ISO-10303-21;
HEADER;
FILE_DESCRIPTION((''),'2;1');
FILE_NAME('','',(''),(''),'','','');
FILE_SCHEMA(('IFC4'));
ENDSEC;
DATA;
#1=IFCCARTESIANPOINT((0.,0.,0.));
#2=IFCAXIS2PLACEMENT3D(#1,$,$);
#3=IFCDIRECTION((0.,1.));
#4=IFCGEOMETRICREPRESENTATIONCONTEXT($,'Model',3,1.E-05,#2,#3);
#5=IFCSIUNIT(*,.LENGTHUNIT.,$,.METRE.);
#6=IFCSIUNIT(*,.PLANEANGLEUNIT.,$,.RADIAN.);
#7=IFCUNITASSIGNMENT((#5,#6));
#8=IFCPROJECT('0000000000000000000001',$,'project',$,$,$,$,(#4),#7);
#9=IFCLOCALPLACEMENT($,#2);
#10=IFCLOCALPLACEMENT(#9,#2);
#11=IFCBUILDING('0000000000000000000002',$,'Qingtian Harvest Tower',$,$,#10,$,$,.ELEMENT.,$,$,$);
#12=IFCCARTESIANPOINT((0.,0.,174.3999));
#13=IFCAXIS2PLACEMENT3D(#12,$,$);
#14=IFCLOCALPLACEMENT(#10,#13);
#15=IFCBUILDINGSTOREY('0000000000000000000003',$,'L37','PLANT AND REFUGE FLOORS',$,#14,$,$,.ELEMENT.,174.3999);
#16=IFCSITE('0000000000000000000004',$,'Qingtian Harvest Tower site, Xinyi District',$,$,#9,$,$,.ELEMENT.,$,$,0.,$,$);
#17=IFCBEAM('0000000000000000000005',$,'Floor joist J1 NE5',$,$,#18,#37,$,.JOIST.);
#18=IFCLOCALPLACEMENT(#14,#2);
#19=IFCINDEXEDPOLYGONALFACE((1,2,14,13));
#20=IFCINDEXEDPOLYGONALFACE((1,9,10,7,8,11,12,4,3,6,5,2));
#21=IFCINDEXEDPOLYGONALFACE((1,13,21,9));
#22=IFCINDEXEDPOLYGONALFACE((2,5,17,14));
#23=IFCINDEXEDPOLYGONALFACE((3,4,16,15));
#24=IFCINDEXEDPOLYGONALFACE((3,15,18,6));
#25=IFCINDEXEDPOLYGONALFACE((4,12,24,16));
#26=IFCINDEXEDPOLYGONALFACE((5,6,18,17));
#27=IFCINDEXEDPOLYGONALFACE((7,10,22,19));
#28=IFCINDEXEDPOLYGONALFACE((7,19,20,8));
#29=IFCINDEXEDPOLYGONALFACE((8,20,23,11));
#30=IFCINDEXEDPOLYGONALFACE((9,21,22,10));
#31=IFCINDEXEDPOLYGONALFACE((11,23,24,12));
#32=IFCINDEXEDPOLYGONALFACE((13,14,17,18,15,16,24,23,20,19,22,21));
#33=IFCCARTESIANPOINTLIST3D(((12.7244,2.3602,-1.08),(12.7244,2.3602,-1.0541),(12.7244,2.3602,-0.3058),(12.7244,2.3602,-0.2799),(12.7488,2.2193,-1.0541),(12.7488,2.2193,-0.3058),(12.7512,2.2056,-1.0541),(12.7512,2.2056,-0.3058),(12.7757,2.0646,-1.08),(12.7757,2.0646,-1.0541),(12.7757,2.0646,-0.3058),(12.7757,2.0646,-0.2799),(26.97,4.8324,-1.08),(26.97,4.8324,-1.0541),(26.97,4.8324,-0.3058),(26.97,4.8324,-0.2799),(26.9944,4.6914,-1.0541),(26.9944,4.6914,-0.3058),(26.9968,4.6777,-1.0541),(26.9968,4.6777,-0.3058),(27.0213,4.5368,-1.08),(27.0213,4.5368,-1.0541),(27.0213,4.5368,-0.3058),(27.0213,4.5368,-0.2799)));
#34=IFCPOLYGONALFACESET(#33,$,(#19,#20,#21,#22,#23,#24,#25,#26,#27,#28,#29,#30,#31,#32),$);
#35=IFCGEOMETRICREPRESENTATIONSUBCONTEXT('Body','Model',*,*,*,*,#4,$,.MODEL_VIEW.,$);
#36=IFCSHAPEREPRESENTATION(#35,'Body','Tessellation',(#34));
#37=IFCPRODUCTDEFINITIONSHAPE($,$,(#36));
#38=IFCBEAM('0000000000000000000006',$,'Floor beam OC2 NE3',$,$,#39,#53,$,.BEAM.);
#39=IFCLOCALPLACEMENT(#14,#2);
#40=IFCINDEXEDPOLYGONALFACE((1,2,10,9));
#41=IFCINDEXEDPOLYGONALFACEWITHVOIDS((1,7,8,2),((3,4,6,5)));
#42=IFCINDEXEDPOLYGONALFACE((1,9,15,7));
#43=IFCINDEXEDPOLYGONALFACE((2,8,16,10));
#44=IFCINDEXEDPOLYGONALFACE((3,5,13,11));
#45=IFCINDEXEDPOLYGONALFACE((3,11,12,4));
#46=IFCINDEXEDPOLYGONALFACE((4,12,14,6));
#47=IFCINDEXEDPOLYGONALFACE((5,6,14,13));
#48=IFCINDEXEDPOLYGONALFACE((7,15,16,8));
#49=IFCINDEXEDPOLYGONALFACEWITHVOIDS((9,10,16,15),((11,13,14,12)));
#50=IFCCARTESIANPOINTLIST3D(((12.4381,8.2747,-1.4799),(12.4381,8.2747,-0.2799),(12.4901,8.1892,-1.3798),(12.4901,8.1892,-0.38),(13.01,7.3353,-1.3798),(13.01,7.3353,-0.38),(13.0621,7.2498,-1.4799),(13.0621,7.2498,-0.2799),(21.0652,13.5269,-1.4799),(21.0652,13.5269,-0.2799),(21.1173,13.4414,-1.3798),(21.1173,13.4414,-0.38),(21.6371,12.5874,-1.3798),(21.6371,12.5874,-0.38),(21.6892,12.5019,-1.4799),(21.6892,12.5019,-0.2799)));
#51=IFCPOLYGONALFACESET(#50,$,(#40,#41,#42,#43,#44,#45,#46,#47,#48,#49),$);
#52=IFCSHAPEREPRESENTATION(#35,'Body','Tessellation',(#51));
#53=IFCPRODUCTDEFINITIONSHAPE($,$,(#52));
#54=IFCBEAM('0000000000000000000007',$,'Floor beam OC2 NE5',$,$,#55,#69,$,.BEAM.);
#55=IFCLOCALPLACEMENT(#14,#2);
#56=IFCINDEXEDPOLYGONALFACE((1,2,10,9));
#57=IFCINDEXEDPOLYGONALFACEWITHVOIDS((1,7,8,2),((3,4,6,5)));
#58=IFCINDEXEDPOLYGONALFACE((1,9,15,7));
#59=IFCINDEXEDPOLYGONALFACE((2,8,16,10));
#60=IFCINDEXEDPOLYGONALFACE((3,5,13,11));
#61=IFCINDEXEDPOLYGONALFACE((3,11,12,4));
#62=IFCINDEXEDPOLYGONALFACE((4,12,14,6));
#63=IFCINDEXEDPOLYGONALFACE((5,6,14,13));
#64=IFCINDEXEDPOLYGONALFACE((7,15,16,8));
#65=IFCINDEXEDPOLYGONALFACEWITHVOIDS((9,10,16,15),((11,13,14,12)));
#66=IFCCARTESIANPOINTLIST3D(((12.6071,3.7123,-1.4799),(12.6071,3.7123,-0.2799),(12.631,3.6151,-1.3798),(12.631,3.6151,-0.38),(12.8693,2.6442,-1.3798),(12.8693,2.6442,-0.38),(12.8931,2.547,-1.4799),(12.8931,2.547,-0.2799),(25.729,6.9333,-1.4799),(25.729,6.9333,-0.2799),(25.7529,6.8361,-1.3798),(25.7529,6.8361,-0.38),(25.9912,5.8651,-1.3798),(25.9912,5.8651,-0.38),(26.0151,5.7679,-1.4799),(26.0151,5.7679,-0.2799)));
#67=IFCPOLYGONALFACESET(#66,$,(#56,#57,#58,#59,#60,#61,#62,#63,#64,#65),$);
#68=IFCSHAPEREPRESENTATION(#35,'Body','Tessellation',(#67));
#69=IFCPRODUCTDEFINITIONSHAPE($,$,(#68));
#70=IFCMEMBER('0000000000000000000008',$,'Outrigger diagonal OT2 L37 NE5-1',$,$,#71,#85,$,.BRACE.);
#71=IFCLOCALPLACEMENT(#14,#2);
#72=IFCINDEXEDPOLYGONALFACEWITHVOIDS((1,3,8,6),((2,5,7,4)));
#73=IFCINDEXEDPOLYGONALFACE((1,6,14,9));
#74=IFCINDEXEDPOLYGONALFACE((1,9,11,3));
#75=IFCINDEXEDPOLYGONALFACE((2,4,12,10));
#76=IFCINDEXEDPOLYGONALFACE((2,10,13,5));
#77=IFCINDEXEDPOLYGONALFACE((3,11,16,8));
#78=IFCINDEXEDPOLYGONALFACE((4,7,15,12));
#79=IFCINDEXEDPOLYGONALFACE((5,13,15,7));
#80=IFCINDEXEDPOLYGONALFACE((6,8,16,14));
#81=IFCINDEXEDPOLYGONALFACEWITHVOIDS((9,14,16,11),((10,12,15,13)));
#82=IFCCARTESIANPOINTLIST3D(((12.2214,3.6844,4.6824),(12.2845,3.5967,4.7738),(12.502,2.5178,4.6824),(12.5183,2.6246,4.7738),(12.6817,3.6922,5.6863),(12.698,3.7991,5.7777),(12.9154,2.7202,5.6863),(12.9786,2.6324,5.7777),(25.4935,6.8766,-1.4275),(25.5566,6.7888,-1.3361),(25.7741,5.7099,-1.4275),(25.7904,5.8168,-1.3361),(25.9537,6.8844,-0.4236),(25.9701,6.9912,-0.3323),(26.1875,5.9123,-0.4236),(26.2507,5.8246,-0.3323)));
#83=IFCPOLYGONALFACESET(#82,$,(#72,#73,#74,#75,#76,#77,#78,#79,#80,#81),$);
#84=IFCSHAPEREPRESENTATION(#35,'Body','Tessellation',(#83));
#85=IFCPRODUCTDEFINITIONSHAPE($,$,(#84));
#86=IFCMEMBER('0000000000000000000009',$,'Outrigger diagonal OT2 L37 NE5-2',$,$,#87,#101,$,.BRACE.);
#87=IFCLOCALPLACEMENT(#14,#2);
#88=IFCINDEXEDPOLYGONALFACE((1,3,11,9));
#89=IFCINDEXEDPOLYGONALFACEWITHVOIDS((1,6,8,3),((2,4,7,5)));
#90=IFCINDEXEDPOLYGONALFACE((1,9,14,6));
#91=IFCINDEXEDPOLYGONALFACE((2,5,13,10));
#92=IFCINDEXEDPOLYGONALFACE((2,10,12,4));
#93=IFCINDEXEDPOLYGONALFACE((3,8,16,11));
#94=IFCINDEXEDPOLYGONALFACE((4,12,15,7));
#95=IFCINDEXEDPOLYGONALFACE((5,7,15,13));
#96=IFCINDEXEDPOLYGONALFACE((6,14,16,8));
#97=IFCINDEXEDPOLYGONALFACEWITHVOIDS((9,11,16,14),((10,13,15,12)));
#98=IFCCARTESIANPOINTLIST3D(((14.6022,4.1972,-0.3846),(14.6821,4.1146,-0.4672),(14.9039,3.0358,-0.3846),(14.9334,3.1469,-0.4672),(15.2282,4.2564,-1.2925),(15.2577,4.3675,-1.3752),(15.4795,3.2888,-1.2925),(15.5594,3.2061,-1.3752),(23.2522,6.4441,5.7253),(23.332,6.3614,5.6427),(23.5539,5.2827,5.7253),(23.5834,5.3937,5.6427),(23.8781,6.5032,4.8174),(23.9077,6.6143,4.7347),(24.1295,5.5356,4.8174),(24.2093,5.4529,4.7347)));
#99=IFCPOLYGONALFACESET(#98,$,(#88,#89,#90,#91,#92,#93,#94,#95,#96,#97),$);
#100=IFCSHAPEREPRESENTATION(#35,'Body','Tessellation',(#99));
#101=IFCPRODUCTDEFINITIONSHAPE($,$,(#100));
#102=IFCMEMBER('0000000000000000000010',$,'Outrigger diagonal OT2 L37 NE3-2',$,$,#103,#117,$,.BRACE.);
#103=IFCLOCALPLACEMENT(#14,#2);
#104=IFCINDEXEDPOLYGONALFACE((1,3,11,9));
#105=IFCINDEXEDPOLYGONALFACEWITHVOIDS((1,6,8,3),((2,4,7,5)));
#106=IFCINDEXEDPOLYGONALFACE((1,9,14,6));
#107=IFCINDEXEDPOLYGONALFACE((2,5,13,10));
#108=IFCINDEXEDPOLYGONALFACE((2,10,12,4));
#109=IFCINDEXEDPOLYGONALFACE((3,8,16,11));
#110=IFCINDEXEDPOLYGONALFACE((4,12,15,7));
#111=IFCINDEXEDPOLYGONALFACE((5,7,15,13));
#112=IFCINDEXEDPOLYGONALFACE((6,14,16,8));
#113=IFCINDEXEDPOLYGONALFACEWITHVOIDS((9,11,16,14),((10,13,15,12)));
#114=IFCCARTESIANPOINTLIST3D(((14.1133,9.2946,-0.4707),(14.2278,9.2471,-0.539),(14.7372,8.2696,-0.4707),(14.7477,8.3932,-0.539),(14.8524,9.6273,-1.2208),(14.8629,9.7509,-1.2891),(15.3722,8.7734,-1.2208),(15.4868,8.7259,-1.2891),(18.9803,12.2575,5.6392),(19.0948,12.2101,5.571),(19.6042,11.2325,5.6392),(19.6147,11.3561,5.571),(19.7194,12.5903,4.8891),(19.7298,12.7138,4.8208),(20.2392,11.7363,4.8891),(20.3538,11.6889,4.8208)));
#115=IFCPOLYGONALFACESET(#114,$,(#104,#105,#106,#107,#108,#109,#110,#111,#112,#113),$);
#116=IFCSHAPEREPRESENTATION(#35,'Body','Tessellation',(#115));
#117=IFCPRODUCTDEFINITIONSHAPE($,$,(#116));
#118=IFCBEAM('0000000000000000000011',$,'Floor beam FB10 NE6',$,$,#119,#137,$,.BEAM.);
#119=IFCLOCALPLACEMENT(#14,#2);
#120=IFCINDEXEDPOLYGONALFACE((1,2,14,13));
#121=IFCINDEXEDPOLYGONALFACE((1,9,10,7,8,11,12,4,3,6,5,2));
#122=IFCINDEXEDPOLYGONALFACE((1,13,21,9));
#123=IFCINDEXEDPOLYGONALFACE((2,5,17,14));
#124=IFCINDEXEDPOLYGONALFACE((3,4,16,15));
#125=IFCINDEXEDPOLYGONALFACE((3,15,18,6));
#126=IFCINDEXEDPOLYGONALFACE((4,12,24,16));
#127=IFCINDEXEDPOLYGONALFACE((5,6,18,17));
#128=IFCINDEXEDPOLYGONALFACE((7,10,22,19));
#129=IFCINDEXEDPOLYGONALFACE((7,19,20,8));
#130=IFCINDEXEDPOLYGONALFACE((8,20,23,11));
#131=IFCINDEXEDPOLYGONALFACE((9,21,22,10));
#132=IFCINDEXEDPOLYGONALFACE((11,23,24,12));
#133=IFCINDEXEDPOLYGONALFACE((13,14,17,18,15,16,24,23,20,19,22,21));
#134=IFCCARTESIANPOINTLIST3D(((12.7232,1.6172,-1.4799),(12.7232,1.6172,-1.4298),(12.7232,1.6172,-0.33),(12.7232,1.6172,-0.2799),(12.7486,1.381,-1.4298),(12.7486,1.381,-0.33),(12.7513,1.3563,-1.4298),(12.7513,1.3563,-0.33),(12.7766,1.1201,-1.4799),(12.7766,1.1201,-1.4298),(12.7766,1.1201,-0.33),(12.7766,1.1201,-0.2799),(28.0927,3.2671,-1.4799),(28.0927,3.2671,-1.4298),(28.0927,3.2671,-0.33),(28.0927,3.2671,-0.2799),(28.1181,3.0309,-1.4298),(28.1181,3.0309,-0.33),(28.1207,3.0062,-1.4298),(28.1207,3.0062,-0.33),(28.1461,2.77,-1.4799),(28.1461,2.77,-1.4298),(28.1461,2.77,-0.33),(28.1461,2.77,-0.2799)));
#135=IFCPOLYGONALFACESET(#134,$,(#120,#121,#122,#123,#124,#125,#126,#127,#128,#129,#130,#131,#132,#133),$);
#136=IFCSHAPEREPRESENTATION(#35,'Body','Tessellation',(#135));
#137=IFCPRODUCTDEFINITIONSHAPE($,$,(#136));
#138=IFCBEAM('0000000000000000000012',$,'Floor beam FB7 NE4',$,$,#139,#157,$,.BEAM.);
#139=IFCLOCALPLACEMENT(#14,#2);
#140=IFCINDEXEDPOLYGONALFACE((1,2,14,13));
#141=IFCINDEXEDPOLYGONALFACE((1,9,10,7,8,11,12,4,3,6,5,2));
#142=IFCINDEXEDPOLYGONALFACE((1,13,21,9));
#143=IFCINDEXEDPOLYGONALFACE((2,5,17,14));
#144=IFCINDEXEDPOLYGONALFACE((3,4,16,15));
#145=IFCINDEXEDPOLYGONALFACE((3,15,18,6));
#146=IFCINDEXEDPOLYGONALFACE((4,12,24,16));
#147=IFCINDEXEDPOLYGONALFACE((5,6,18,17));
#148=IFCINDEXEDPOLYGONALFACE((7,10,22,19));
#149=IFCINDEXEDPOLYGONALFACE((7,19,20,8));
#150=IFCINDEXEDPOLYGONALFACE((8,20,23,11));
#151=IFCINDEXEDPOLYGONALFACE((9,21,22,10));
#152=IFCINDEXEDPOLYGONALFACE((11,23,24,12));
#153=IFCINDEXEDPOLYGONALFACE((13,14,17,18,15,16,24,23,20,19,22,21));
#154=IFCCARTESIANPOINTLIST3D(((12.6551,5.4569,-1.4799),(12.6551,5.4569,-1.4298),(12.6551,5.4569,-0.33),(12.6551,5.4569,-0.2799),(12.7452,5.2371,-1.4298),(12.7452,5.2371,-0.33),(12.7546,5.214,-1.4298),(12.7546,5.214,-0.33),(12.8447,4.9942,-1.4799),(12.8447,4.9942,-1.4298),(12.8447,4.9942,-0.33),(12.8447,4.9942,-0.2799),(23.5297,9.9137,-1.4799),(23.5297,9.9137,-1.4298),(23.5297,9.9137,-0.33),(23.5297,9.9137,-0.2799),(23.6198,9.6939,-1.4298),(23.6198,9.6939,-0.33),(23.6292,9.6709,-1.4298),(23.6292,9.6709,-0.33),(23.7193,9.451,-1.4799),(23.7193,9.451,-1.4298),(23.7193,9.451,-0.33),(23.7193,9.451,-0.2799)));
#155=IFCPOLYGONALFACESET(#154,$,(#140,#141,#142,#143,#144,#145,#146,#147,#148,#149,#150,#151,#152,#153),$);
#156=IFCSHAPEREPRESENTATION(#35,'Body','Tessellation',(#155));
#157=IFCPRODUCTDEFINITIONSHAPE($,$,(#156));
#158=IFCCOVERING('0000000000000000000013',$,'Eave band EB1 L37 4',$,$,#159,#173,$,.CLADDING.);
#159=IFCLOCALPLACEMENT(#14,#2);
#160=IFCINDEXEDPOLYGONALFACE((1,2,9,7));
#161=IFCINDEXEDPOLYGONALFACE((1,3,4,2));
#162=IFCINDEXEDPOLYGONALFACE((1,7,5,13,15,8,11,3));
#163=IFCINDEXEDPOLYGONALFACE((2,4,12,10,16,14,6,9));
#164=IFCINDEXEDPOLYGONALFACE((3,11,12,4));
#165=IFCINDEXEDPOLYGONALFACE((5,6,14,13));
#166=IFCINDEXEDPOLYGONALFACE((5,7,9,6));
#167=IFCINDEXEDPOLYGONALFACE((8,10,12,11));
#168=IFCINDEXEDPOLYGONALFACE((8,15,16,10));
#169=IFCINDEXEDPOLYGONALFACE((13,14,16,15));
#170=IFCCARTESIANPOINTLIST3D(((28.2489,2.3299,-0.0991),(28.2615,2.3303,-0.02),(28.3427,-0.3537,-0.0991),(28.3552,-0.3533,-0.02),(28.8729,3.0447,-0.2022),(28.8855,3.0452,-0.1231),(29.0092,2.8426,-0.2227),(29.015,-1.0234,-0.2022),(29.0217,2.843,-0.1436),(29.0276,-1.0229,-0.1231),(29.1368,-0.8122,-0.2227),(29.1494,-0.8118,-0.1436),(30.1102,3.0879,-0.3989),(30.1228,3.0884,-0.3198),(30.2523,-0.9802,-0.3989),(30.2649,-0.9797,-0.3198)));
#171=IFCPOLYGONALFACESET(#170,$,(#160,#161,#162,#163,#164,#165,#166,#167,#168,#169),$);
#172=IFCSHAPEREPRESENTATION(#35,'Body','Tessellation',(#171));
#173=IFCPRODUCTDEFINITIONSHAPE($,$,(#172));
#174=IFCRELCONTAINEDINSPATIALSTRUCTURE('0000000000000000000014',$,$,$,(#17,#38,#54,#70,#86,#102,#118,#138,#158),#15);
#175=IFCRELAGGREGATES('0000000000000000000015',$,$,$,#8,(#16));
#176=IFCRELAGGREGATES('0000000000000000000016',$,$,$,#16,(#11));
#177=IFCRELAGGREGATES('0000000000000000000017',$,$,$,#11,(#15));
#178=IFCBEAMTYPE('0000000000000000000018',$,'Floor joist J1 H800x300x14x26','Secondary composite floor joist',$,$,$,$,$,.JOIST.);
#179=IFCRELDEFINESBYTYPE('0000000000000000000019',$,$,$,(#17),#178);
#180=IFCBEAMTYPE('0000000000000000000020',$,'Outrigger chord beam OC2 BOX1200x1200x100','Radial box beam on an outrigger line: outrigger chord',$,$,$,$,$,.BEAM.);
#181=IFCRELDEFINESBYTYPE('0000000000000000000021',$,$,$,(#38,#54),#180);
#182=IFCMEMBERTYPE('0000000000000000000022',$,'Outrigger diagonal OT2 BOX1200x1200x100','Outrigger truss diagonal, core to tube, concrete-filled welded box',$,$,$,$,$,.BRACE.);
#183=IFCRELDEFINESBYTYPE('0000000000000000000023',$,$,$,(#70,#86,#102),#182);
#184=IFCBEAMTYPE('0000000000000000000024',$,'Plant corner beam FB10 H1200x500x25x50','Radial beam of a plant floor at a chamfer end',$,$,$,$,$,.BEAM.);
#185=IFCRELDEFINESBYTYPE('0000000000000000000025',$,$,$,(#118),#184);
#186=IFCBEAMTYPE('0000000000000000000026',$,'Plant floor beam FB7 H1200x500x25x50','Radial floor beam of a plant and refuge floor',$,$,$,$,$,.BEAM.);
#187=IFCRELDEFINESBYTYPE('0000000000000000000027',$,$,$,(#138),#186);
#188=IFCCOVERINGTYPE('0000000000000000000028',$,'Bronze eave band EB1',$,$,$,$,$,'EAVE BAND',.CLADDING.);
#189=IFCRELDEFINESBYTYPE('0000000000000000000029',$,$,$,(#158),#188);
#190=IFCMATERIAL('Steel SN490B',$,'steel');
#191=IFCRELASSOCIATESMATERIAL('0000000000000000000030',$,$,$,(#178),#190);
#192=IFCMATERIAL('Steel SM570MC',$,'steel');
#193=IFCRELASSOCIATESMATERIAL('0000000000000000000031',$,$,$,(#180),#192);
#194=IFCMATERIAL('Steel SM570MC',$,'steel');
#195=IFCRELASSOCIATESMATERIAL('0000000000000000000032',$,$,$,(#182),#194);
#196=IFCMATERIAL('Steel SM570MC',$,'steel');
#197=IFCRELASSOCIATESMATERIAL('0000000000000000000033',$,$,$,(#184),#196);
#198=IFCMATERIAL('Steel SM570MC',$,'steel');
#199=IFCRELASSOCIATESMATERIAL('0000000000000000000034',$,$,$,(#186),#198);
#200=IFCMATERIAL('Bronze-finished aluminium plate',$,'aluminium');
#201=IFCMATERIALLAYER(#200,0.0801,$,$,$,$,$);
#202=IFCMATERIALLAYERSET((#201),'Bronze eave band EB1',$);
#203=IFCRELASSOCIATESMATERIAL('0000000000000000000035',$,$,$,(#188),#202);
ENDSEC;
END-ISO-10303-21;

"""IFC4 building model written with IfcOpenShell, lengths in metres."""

from ifc_helpers import new_model, si_unit, direction, frame, origin, origin_2d, place, context, subcontext, project, spatial, polyline, hollow_rectangle, i_section, outline, extrude, material, layer, layer_set, material_profile, profile_set, type_object, element, save


model = new_model("IFC4")

# Units and contexts
model_context = context("Model", 3, precision=1e-05, world=origin(), true_north=direction((0.0, 1.0)))
body_context = subcontext(model_context, "Body", "Model", "MODEL_VIEW")
ifc_project = project(units=[si_unit("LENGTHUNIT", "METRE"), si_unit("PLANEANGLEUNIT", "RADIAN")], contexts=[model_context])

# Site, building, storey
site_placement = place(None, origin())
site = spatial("IfcSite", under=ifc_project, at=site_placement, Name="Qingtian Harvest Tower site, Xinyi District", CompositionType="ELEMENT", RefElevation=0.0)
building_placement = place(site_placement, origin())
building = spatial("IfcBuilding", under=site, at=building_placement, Name="Qingtian Harvest Tower", CompositionType="ELEMENT")
storey_placement = place(building_placement, frame((0.0, 0.0, 174.3999)))
storey = spatial("IfcBuildingStorey", under=building, at=storey_placement, Name="L37", Description="PLANT AND REFUGE FLOORS", CompositionType="ELEMENT", Elevation=174.3999)

# Beams
ifc_material_1 = material(Name="Steel SN490B", Category="steel")
ifc_material_profile_1 = material_profile(ifc_material_1, i_section(OverallWidth=0.3, OverallDepth=0.8, WebThickness=0.0139, FlangeThickness=0.0259, at=origin_2d()), Name="H800x300x14x26")
ifc_profile_set_1 = profile_set([ifc_material_profile_1], Name="Steel SN490B")
beam_type_1 = type_object("IfcBeamType", Name="Floor joist J1 H800x300x14x26", Description="Secondary composite floor joist", PredefinedType="JOIST", material=ifc_profile_set_1)
beam_1_placement = place(storey_placement, frame((26.9956, 4.6846, -0.6799), z_axis=(-0.985274, -0.170983, 0.0), x_axis=(0.170983, -0.985274, 0.0)))
element("IfcBeam", 1, at=beam_1_placement, inside=storey, type_object=beam_type_1, Name="Floor joist J1 NE5", PredefinedType="JOIST", context=body_context, shape_type="SweptSolid", body=[
    extrude(i_section(OverallWidth=0.3, OverallDepth=0.8, WebThickness=0.0139, FlangeThickness=0.0259, at=origin_2d()), origin(), (0.0, 0.0, 1.0), 14.4585),
])
ifc_material_2 = material(Name="Steel SM570MC", Category="steel")
ifc_material_profile_2 = material_profile(ifc_material_2, hollow_rectangle(XDim=1.2, YDim=1.2, WallThickness=0.1001, at=origin_2d()), Name="BOX1200x1200x100")
ifc_profile_set_2 = profile_set([ifc_material_profile_2], Name="Steel SM570MC")
beam_type_2 = type_object("IfcBeamType", Name="Outrigger chord beam OC2 BOX1200x1200x100", Description="Radial box beam on an outrigger line: outrigger chord", PredefinedType="BEAM", material=ifc_profile_set_2)
beam_2_placement = place(storey_placement, frame((21.3772, 13.0144, -0.8799), z_axis=(-0.854161, -0.520009, 0.0), x_axis=(0.520009, -0.854161, 0.0)))
element("IfcBeam", 2, at=beam_2_placement, inside=storey, type_object=beam_type_2, Name="Floor beam OC2 NE3", PredefinedType="BEAM", context=body_context, shape_type="SweptSolid", body=[
    extrude(hollow_rectangle(XDim=1.2, YDim=1.2, WallThickness=0.1001, at=origin_2d()), origin(), (0.0, 0.0, 1.0), 10.1001),
])
beam_3_placement = place(storey_placement, frame((25.8721, 6.3506, -0.8799), z_axis=(-0.971171, -0.238384, 0.0), x_axis=(0.238384, -0.971171, 0.0)))
element("IfcBeam", 3, at=beam_3_placement, inside=storey, type_object=beam_type_2, Name="Floor beam OC2 NE5", PredefinedType="BEAM", context=body_context, shape_type="SweptSolid", body=[
    extrude(hollow_rectangle(XDim=1.2, YDim=1.2, WallThickness=0.1001, at=origin_2d()), origin(), (0.0, 0.0, 1.0), 13.5115),
])

# Members
ifc_material_3 = material(Name="Steel SM570MC", Category="steel")
ifc_material_profile_3 = material_profile(ifc_material_3, hollow_rectangle(XDim=1.2, YDim=1.2, WallThickness=0.1001, at=origin_2d()), Name="BOX1200x1200x100")
ifc_profile_set_3 = profile_set([ifc_material_profile_3], Name="Steel SM570MC")
member_type_1 = type_object("IfcMemberType", Name="Outrigger diagonal OT2 BOX1200x1200x100", Description="Outrigger truss diagonal, core to tube, concrete-filled welded box", PredefinedType="BRACE", material=ifc_profile_set_3)
member_1_placement = place(storey_placement, frame((25.8721, 6.3506, -0.8799), z_axis=(-0.887434, -0.213443, 0.408538), x_axis=(0.233848, -0.972273, 0.0)))
element("IfcMember", 4, at=member_1_placement, inside=storey, type_object=member_type_1, Name="Outrigger diagonal OT2 L37 NE5-1", PredefinedType="BRACE", context=body_context, shape_type="SweptSolid", body=[
    extrude(hollow_rectangle(XDim=1.2, YDim=1.2, WallThickness=0.1001, at=origin_2d()), origin(), (0.0, 0.0, 1.0), 14.9556),
])
member_2_placement = place(storey_placement, frame((15.0808, 3.7017, -0.8799), z_axis=(0.799003, 0.207542, 0.564376), x_axis=(-0.251409, 0.967881, 0.0)))
element("IfcMember", 5, at=member_2_placement, inside=storey, type_object=member_type_1, Name="Outrigger diagonal OT2 L37 NE5-2", PredefinedType="BRACE", context=body_context, shape_type="SweptSolid", body=[
    extrude(hollow_rectangle(XDim=1.2, YDim=1.2, WallThickness=0.1001, at=origin_2d()), origin(), (0.0, 0.0, 1.0), 10.8259),
])
member_3_placement = place(storey_placement, frame((14.8, 9.0103, -0.8799), z_axis=(0.582559, 0.35465, 0.731333), x_axis=(-0.519999, 0.854167, 0.0)))
element("IfcMember", 6, at=member_3_placement, inside=storey, type_object=member_type_1, Name="Outrigger diagonal OT2 L37 NE3-2", PredefinedType="BRACE", context=body_context, shape_type="SweptSolid", body=[
    extrude(hollow_rectangle(XDim=1.2, YDim=1.2, WallThickness=0.1001, at=origin_2d()), origin(), (0.0, 0.0, 1.0), 8.3545),
])

# Beams
ifc_material_4 = material(Name="Steel SM570MC", Category="steel")
ifc_material_profile_4 = material_profile(ifc_material_4, i_section(OverallWidth=0.5, OverallDepth=1.2, WebThickness=0.0249, FlangeThickness=0.05, at=origin_2d()), Name="H1200x500x25x50")
ifc_profile_set_4 = profile_set([ifc_material_profile_4], Name="Steel SM570MC")
beam_type_3 = type_object("IfcBeamType", Name="Plant corner beam FB10 H1200x500x25x50", Description="Radial beam of a plant floor at a chamfer end", PredefinedType="BEAM", material=ifc_profile_set_4)
beam_4_placement = place(storey_placement, frame((28.1194, 3.0186, -0.8799), z_axis=(-0.994287, -0.106737, 0.0), x_axis=(0.106737, -0.994287, 0.0)))
element("IfcBeam", 7, at=beam_4_placement, inside=storey, type_object=beam_type_3, Name="Floor beam FB10 NE6", PredefinedType="BEAM", context=body_context, shape_type="SweptSolid", body=[
    extrude(i_section(OverallWidth=0.5, OverallDepth=1.2, WebThickness=0.0249, FlangeThickness=0.05, at=origin_2d()), origin(), (0.0, 0.0, 1.0), 15.4578),
])
ifc_material_5 = material(Name="Steel SM570MC", Category="steel")
ifc_material_profile_5 = material_profile(ifc_material_5, i_section(OverallWidth=0.5, OverallDepth=1.2, WebThickness=0.0249, FlangeThickness=0.05, at=origin_2d()), Name="H1200x500x25x50")
ifc_profile_set_5 = profile_set([ifc_material_profile_5], Name="Steel SM570MC")
beam_type_4 = type_object("IfcBeamType", Name="Plant floor beam FB7 H1200x500x25x50", Description="Radial floor beam of a plant and refuge floor", PredefinedType="BEAM", material=ifc_profile_set_5)
beam_5_placement = place(storey_placement, frame((23.6245, 9.6824, -0.8799), z_axis=(-0.925305, -0.379225, 0.0), x_axis=(0.379225, -0.925305, 0.0)))
element("IfcBeam", 8, at=beam_5_placement, inside=storey, type_object=beam_type_4, Name="Floor beam FB7 NE4", PredefinedType="BEAM", context=body_context, shape_type="SweptSolid", body=[
    extrude(i_section(OverallWidth=0.5, OverallDepth=1.2, WebThickness=0.0249, FlangeThickness=0.05, at=origin_2d()), origin(), (0.0, 0.0, 1.0), 11.7524),
])

# Covering
ifc_material_6 = material(Name="Bronze-finished aluminium plate", Category="aluminium")
ifc_layer_1 = layer(ifc_material_6, 0.0801)
ifc_layer_set_1 = layer_set([ifc_layer_1], Name="Bronze eave band EB1")
covering_type = type_object("IfcCoveringType", Name="Bronze eave band EB1", ElementType="EAVE BAND", PredefinedType="CLADDING", material=ifc_layer_set_1)
covering_placement = place(storey_placement, frame((28.2615, 2.3303, -0.02), z_axis=(0.15685, 0.005479, 0.987607), x_axis=(0.821658, 0.55411, -0.133568)))
element("IfcCovering", 9, at=covering_placement, inside=storey, type_object=covering_type, Name="Eave band EB1 L37 4", PredefinedType="CLADDING", context=body_context, shape_type="SweptSolid", body=[
    extrude(outline(polyline([(0.0, 0.0), (0.9253, 0.0), (0.9226, 0.2446), (1.9895, -0.4136), (-0.148, -3.8779), (-1.2148, -3.2196), (-0.995, -3.1123), (-1.41, -2.2853), (0.0, 0.0)])), origin(), (0.0, 0.0, -1.0), 0.0801),
])

save(model, "model.ifc")
